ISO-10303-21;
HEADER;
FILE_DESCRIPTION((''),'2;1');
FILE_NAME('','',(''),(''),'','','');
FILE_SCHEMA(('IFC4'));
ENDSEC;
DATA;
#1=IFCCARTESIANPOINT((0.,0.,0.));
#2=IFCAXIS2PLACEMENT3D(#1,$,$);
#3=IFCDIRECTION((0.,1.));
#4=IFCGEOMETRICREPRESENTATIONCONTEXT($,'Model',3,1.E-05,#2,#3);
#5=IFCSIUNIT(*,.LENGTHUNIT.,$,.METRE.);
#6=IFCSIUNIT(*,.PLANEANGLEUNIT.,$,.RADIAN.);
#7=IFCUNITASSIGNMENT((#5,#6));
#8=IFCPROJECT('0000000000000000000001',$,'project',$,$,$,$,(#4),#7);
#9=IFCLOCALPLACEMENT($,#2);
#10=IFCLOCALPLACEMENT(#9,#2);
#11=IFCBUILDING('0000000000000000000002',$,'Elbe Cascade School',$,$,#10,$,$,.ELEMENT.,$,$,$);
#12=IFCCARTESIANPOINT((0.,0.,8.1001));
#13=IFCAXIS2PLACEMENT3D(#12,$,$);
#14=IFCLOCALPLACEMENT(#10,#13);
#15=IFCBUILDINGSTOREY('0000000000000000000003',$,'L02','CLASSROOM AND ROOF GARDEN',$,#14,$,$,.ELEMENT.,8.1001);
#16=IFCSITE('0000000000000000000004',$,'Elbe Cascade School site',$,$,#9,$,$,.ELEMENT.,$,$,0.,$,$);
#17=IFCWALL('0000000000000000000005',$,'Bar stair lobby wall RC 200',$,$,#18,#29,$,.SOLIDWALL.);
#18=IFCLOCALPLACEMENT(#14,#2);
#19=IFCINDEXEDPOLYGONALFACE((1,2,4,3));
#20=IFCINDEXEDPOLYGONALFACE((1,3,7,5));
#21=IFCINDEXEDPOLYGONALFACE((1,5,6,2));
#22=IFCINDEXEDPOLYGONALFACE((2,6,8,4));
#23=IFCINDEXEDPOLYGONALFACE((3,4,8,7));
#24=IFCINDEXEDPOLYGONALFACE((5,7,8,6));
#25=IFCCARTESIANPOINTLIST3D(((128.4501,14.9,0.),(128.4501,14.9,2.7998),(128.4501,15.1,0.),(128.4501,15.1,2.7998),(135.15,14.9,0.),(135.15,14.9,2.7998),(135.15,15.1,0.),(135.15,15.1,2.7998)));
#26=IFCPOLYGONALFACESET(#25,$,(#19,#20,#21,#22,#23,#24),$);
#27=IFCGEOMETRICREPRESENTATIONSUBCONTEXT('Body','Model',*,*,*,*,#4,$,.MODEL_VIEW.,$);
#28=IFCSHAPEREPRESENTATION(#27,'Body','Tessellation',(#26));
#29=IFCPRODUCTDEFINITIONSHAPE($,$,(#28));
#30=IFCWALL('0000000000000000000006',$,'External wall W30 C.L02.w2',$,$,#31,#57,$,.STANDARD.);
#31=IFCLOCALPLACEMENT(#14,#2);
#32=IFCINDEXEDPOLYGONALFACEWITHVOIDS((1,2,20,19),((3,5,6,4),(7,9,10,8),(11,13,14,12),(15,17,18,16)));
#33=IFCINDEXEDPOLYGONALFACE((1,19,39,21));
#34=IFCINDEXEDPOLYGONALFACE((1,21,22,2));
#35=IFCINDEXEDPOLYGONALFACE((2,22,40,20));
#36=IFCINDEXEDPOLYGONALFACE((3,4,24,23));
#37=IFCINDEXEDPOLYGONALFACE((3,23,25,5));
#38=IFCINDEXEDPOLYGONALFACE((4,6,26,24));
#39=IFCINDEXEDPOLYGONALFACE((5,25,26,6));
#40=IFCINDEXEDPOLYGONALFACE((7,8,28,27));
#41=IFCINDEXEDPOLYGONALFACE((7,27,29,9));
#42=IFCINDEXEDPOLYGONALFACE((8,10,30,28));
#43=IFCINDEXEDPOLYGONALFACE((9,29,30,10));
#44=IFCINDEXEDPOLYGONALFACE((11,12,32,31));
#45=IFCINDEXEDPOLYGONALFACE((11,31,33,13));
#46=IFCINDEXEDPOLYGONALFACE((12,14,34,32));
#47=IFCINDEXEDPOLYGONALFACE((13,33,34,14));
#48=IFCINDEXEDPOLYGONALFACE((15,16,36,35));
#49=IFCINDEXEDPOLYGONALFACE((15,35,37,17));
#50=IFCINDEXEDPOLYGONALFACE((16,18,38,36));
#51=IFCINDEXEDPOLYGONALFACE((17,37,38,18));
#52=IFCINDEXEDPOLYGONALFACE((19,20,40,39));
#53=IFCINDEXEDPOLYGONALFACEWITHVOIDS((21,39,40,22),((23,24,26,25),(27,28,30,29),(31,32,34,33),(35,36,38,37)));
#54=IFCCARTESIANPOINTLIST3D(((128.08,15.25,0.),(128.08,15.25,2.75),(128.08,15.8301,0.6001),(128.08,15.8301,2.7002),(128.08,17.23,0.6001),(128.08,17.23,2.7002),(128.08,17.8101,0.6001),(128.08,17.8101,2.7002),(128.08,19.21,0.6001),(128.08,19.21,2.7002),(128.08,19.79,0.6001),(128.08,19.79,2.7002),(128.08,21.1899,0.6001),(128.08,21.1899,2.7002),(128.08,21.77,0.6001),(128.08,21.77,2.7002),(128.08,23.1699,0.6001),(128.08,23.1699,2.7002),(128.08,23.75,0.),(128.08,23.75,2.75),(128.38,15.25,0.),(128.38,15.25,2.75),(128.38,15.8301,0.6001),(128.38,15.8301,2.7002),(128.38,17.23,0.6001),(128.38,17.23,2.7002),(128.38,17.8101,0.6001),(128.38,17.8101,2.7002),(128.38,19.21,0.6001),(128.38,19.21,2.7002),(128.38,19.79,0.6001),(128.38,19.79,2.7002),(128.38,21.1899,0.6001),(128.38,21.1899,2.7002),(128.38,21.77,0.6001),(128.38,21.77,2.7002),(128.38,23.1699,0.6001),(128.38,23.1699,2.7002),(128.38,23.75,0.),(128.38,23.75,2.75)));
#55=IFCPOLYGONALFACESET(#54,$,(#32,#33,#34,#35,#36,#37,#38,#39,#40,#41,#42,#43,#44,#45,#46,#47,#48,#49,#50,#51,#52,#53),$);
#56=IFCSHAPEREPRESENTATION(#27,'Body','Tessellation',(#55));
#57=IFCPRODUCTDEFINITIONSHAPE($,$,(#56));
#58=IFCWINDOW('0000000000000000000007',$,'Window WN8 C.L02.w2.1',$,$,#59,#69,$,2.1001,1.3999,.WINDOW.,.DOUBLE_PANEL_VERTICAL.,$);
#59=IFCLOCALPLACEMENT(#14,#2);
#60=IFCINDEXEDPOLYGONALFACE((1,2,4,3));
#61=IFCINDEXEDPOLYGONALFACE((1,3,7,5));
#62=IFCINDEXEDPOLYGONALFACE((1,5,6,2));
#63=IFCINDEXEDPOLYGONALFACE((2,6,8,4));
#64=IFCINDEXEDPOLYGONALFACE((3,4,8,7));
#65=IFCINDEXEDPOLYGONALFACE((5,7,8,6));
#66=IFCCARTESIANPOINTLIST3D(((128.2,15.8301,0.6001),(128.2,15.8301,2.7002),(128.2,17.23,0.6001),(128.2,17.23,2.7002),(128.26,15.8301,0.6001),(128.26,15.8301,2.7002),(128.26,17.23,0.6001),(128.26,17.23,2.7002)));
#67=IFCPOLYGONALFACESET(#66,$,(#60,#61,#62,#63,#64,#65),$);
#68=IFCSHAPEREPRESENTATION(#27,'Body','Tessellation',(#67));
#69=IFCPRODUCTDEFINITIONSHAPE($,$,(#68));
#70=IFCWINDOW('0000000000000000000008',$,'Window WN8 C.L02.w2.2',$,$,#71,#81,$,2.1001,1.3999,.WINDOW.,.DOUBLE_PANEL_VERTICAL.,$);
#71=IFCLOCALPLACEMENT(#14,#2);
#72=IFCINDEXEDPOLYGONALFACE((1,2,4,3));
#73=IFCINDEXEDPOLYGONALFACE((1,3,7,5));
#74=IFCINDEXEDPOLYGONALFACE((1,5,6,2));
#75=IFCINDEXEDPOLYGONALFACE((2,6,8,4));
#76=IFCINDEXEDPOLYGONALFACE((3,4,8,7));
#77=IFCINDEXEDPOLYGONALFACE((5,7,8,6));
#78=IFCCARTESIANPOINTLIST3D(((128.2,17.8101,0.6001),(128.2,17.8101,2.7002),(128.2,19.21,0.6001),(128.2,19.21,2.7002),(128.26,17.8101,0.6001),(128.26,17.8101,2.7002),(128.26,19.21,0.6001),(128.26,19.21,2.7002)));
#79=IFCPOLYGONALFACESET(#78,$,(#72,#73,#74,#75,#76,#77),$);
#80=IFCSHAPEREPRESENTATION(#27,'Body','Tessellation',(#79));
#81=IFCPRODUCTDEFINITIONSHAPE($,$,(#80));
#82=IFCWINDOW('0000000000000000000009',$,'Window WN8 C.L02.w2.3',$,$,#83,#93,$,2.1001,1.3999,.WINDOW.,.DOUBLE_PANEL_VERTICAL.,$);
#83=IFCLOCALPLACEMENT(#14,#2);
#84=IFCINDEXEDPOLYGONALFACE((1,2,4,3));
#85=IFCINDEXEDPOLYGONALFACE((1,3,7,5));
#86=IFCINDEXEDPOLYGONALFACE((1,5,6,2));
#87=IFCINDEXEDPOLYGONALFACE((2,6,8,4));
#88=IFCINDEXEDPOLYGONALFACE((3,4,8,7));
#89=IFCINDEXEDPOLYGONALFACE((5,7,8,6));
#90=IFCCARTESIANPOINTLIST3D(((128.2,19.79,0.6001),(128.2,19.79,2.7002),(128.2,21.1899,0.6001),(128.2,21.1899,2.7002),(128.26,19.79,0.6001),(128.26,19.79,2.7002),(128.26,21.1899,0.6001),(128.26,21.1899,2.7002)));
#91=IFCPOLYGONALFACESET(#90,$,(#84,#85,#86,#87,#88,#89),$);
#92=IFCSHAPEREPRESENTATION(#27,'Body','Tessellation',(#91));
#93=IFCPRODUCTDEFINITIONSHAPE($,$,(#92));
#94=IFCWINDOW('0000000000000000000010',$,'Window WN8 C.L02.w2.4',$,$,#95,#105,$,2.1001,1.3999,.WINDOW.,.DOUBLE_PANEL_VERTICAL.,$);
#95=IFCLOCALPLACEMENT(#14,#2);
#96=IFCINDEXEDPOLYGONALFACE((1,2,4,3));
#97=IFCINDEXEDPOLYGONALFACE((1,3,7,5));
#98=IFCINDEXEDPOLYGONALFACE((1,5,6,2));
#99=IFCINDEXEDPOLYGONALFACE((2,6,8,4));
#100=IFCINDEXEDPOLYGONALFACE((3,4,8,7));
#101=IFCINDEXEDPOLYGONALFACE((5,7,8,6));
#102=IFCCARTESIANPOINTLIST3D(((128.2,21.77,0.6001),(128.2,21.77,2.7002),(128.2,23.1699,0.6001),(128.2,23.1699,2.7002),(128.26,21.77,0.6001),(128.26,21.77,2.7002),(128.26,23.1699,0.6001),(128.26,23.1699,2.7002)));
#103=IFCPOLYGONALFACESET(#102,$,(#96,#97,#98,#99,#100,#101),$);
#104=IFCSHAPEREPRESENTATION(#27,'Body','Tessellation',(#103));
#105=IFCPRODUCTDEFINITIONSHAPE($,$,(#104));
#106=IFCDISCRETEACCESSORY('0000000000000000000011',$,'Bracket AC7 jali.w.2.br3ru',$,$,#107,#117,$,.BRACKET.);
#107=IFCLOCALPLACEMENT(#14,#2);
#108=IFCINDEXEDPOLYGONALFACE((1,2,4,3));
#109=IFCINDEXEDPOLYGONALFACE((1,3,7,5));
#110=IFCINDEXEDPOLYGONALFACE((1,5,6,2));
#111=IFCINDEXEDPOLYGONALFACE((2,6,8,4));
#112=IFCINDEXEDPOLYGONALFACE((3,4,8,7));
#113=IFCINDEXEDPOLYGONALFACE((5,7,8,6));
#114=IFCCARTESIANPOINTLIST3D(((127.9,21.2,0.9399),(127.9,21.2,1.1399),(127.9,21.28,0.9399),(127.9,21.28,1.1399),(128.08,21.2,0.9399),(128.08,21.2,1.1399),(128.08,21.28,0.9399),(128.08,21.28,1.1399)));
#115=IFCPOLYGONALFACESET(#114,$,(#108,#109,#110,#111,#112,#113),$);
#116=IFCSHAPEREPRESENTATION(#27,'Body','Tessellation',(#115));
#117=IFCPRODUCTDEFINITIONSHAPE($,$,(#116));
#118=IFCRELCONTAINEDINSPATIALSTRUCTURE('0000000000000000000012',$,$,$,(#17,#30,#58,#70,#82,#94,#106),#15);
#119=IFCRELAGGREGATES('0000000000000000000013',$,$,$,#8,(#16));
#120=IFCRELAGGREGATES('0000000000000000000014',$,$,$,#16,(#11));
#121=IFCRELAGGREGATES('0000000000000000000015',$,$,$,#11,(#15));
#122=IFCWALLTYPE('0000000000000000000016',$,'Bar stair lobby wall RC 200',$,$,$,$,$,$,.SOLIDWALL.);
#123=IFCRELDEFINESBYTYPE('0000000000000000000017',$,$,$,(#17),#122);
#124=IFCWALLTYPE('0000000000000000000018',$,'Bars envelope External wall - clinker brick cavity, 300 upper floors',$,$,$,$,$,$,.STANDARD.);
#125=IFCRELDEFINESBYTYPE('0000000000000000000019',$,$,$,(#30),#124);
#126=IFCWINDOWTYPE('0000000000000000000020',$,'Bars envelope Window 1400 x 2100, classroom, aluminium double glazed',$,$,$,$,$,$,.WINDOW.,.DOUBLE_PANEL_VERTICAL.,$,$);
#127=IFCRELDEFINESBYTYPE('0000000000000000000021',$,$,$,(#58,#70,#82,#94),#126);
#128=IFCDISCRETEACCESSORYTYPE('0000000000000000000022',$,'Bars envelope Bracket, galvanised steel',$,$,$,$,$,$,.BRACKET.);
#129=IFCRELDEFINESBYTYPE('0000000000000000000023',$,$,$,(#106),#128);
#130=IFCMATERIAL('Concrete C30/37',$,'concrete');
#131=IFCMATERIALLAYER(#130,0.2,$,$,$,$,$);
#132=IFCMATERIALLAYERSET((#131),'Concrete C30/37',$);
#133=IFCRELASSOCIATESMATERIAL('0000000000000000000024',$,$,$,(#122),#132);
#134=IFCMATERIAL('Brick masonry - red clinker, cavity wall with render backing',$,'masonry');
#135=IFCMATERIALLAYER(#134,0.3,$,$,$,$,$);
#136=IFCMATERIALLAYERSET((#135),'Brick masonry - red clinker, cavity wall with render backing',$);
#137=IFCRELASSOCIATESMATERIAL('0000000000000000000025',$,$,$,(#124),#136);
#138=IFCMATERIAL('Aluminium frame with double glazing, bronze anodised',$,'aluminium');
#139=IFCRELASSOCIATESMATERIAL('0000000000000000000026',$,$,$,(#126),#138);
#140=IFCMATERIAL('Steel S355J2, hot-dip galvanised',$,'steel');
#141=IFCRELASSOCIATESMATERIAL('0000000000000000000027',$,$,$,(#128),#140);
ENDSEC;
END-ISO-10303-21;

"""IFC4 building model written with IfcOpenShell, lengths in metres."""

from ifc_helpers import new_model, si_unit, direction, frame, frame_2d, origin, origin_2d, place, context, subcontext, project, spatial, rectangle, extrude, material, layer, layer_set, type_object, element, fill, save


model = new_model("IFC4")

# Units and contexts
model_context = context("Model", 3, precision=1e-05, world=origin(), true_north=direction((0.0, 1.0)))
body_context = subcontext(model_context, "Body", "Model", "MODEL_VIEW")
ifc_project = project(units=[si_unit("LENGTHUNIT", "METRE"), si_unit("PLANEANGLEUNIT", "RADIAN")], contexts=[model_context])

# Site, building, storey
site_placement = place(None, origin())
site = spatial("IfcSite", under=ifc_project, at=site_placement, Name="Elbe Cascade School site", CompositionType="ELEMENT", RefElevation=0.0)
building_placement = place(site_placement, origin())
building = spatial("IfcBuilding", under=site, at=building_placement, Name="Elbe Cascade School", CompositionType="ELEMENT")
storey_placement = place(building_placement, frame((0.0, 0.0, 8.1001)))
storey = spatial("IfcBuildingStorey", under=building, at=storey_placement, Name="L02", Description="CLASSROOM AND ROOF GARDEN", CompositionType="ELEMENT", Elevation=8.1001)

# Wall
ifc_material_1 = material(Name="Concrete C30/37", Category="concrete")
ifc_layer_1 = layer(ifc_material_1, 0.2)
ifc_layer_set_1 = layer_set([ifc_layer_1], Name="Concrete C30/37")
wall_type_1 = type_object("IfcWallType", Name="Bar stair lobby wall RC 200", PredefinedType="SOLIDWALL", material=ifc_layer_set_1)
wall_1_placement = place(storey_placement, frame((128.45, 15.0, 0.0), z_axis=(0.0, 0.0, 1.0), x_axis=(1.0, 0.0, 0.0)))
element("IfcWall", 1, at=wall_1_placement, inside=storey, type_object=wall_type_1, Name="Bar stair lobby wall RC 200", PredefinedType="SOLIDWALL", context=body_context, shape_type="SweptSolid", body=[
    extrude(rectangle(XDim=6.7, YDim=0.2, at=frame_2d((3.3501, 0.0))), origin(), (0.0, 0.0, 1.0), 2.7998),
])

# Wall, openings, windows
ifc_material_2 = material(Name="Brick masonry - red clinker, cavity wall with render backing", Category="masonry")
ifc_layer_2 = layer(ifc_material_2, 0.3)
ifc_layer_set_2 = layer_set([ifc_layer_2], Name="Brick masonry - red clinker, cavity wall with render backing")
wall_type_2 = type_object("IfcWallType", Name="Bars envelope External wall - clinker brick cavity, 300 upper floors", PredefinedType="STANDARD", material=ifc_layer_set_2)
wall_2_placement = place(storey_placement, frame((128.23, 15.25, 0.0), z_axis=(0.0, 0.0, 1.0), x_axis=(0.0, 1.0, 0.0)))
wall_2 = element("IfcWall", 2, at=wall_2_placement, inside=storey, type_object=wall_type_2, Name="External wall W30 C.L02.w2", PredefinedType="STANDARD", context=body_context, shape_type="SweptSolid", body=[
    extrude(rectangle(XDim=8.5, YDim=0.3, at=frame_2d((4.25, 0.0))), origin(), (0.0, 0.0, 1.0), 2.75),
])
opening_1_placement = place(wall_2_placement, frame((0.5801, 0.0, 0.6001)))
opening_1 = element("IfcOpeningElement", 3, at=opening_1_placement, cuts=wall_2, PredefinedType="OPENING", context=body_context, shape_type="SweptSolid", body=[
    extrude(rectangle(XDim=1.3999, YDim=2.1001, at=frame_2d((0.7, 1.05))), frame((0.0, 0.1599, 0.0), z_axis=(0.0, -1.0, 0.0), x_axis=(1.0, 0.0, 0.0)), (0.0, 0.0, 1.0), 0.3201),
])
opening_2_placement = place(wall_2_placement, frame((2.5601, 0.0, 0.6001)))
opening_2 = element("IfcOpeningElement", 4, at=opening_2_placement, cuts=wall_2, PredefinedType="OPENING", context=body_context, shape_type="SweptSolid", body=[
    extrude(rectangle(XDim=1.3999, YDim=2.1001, at=frame_2d((0.7, 1.05))), frame((0.0, 0.1599, 0.0), z_axis=(0.0, -1.0, 0.0), x_axis=(1.0, 0.0, 0.0)), (0.0, 0.0, 1.0), 0.3201),
])
opening_3_placement = place(wall_2_placement, frame((4.54, 0.0, 0.6001)))
opening_3 = element("IfcOpeningElement", 5, at=opening_3_placement, cuts=wall_2, PredefinedType="OPENING", context=body_context, shape_type="SweptSolid", body=[
    extrude(rectangle(XDim=1.3999, YDim=2.1001, at=frame_2d((0.7, 1.05))), frame((0.0, 0.1599, 0.0), z_axis=(0.0, -1.0, 0.0), x_axis=(1.0, 0.0, 0.0)), (0.0, 0.0, 1.0), 0.3201),
])
opening_4_placement = place(wall_2_placement, frame((6.52, 0.0, 0.6001)))
opening_4 = element("IfcOpeningElement", 6, at=opening_4_placement, cuts=wall_2, PredefinedType="OPENING", context=body_context, shape_type="SweptSolid", body=[
    extrude(rectangle(XDim=1.3999, YDim=2.1001, at=frame_2d((0.7, 1.05))), frame((0.0, 0.1599, 0.0), z_axis=(0.0, -1.0, 0.0), x_axis=(1.0, 0.0, 0.0)), (0.0, 0.0, 1.0), 0.3201),
])
ifc_material_3 = material(Name="Aluminium frame with double glazing, bronze anodised", Category="aluminium")
window_type = type_object("IfcWindowType", Name="Bars envelope Window 1400 x 2100, classroom, aluminium double glazed", PartitioningType="DOUBLE_PANEL_VERTICAL", PredefinedType="WINDOW", material=ifc_material_3)
window_1_placement = place(opening_1_placement, origin())
window_1 = element("IfcWindow", 7, at=window_1_placement, inside=storey, type_object=window_type, Name="Window WN8 C.L02.w2.1", OverallHeight=2.1001, OverallWidth=1.3999, PartitioningType="DOUBLE_PANEL_VERTICAL", PredefinedType="WINDOW", context=body_context, shape_type="SweptSolid", body=[
    extrude(rectangle(XDim=1.3999, YDim=2.1001, at=frame_2d((0.7, 1.05))), frame((0.0, 0.03, 0.0), z_axis=(0.0, -1.0, 0.0), x_axis=(1.0, 0.0, 0.0)), (0.0, 0.0, 1.0), 0.0601),
])
fill(opening_1, window_1)
window_2_placement = place(opening_2_placement, origin())
window_2 = element("IfcWindow", 8, at=window_2_placement, inside=storey, type_object=window_type, Name="Window WN8 C.L02.w2.2", OverallHeight=2.1001, OverallWidth=1.3999, PartitioningType="DOUBLE_PANEL_VERTICAL", PredefinedType="WINDOW", context=body_context, shape_type="SweptSolid", body=[
    extrude(rectangle(XDim=1.3999, YDim=2.1001, at=frame_2d((0.7, 1.05))), frame((0.0, 0.03, 0.0), z_axis=(0.0, -1.0, 0.0), x_axis=(1.0, 0.0, 0.0)), (0.0, 0.0, 1.0), 0.0601),
])
fill(opening_2, window_2)
window_3_placement = place(opening_3_placement, origin())
window_3 = element("IfcWindow", 9, at=window_3_placement, inside=storey, type_object=window_type, Name="Window WN8 C.L02.w2.3", OverallHeight=2.1001, OverallWidth=1.3999, PartitioningType="DOUBLE_PANEL_VERTICAL", PredefinedType="WINDOW", context=body_context, shape_type="SweptSolid", body=[
    extrude(rectangle(XDim=1.3999, YDim=2.1001, at=frame_2d((0.7, 1.05))), frame((0.0, 0.03, 0.0), z_axis=(0.0, -1.0, 0.0), x_axis=(1.0, 0.0, 0.0)), (0.0, 0.0, 1.0), 0.0601),
])
fill(opening_3, window_3)
window_4_placement = place(opening_4_placement, origin())
window_4 = element("IfcWindow", 10, at=window_4_placement, inside=storey, type_object=window_type, Name="Window WN8 C.L02.w2.4", OverallHeight=2.1001, OverallWidth=1.3999, PartitioningType="DOUBLE_PANEL_VERTICAL", PredefinedType="WINDOW", context=body_context, shape_type="SweptSolid", body=[
    extrude(rectangle(XDim=1.3999, YDim=2.1001, at=frame_2d((0.7, 1.05))), frame((0.0, 0.03, 0.0), z_axis=(0.0, -1.0, 0.0), x_axis=(1.0, 0.0, 0.0)), (0.0, 0.0, 1.0), 0.0601),
])
fill(opening_4, window_4)

# Discrete accessory
ifc_material_4 = material(Name="Steel S355J2, hot-dip galvanised", Category="steel")
discrete_accessory_type = type_object("IfcDiscreteAccessoryType", Name="Bars envelope Bracket, galvanised steel", PredefinedType="BRACKET", material=ifc_material_4)
discrete_accessory_placement = place(storey_placement, frame((127.99, 21.24, 0.9399), z_axis=(0.0, 0.0, 1.0), x_axis=(0.0, 1.0, 0.0)))
element("IfcDiscreteAccessory", 11, at=discrete_accessory_placement, inside=storey, type_object=discrete_accessory_type, Name="Bracket AC7 jali.w.2.br3ru", PredefinedType="BRACKET", context=body_context, shape_type="SweptSolid", body=[
    extrude(rectangle(XDim=0.0801, YDim=0.1799, at=origin_2d()), origin(), (0.0, 0.0, 1.0), 0.2),
])

save(model, "model.ifc")
